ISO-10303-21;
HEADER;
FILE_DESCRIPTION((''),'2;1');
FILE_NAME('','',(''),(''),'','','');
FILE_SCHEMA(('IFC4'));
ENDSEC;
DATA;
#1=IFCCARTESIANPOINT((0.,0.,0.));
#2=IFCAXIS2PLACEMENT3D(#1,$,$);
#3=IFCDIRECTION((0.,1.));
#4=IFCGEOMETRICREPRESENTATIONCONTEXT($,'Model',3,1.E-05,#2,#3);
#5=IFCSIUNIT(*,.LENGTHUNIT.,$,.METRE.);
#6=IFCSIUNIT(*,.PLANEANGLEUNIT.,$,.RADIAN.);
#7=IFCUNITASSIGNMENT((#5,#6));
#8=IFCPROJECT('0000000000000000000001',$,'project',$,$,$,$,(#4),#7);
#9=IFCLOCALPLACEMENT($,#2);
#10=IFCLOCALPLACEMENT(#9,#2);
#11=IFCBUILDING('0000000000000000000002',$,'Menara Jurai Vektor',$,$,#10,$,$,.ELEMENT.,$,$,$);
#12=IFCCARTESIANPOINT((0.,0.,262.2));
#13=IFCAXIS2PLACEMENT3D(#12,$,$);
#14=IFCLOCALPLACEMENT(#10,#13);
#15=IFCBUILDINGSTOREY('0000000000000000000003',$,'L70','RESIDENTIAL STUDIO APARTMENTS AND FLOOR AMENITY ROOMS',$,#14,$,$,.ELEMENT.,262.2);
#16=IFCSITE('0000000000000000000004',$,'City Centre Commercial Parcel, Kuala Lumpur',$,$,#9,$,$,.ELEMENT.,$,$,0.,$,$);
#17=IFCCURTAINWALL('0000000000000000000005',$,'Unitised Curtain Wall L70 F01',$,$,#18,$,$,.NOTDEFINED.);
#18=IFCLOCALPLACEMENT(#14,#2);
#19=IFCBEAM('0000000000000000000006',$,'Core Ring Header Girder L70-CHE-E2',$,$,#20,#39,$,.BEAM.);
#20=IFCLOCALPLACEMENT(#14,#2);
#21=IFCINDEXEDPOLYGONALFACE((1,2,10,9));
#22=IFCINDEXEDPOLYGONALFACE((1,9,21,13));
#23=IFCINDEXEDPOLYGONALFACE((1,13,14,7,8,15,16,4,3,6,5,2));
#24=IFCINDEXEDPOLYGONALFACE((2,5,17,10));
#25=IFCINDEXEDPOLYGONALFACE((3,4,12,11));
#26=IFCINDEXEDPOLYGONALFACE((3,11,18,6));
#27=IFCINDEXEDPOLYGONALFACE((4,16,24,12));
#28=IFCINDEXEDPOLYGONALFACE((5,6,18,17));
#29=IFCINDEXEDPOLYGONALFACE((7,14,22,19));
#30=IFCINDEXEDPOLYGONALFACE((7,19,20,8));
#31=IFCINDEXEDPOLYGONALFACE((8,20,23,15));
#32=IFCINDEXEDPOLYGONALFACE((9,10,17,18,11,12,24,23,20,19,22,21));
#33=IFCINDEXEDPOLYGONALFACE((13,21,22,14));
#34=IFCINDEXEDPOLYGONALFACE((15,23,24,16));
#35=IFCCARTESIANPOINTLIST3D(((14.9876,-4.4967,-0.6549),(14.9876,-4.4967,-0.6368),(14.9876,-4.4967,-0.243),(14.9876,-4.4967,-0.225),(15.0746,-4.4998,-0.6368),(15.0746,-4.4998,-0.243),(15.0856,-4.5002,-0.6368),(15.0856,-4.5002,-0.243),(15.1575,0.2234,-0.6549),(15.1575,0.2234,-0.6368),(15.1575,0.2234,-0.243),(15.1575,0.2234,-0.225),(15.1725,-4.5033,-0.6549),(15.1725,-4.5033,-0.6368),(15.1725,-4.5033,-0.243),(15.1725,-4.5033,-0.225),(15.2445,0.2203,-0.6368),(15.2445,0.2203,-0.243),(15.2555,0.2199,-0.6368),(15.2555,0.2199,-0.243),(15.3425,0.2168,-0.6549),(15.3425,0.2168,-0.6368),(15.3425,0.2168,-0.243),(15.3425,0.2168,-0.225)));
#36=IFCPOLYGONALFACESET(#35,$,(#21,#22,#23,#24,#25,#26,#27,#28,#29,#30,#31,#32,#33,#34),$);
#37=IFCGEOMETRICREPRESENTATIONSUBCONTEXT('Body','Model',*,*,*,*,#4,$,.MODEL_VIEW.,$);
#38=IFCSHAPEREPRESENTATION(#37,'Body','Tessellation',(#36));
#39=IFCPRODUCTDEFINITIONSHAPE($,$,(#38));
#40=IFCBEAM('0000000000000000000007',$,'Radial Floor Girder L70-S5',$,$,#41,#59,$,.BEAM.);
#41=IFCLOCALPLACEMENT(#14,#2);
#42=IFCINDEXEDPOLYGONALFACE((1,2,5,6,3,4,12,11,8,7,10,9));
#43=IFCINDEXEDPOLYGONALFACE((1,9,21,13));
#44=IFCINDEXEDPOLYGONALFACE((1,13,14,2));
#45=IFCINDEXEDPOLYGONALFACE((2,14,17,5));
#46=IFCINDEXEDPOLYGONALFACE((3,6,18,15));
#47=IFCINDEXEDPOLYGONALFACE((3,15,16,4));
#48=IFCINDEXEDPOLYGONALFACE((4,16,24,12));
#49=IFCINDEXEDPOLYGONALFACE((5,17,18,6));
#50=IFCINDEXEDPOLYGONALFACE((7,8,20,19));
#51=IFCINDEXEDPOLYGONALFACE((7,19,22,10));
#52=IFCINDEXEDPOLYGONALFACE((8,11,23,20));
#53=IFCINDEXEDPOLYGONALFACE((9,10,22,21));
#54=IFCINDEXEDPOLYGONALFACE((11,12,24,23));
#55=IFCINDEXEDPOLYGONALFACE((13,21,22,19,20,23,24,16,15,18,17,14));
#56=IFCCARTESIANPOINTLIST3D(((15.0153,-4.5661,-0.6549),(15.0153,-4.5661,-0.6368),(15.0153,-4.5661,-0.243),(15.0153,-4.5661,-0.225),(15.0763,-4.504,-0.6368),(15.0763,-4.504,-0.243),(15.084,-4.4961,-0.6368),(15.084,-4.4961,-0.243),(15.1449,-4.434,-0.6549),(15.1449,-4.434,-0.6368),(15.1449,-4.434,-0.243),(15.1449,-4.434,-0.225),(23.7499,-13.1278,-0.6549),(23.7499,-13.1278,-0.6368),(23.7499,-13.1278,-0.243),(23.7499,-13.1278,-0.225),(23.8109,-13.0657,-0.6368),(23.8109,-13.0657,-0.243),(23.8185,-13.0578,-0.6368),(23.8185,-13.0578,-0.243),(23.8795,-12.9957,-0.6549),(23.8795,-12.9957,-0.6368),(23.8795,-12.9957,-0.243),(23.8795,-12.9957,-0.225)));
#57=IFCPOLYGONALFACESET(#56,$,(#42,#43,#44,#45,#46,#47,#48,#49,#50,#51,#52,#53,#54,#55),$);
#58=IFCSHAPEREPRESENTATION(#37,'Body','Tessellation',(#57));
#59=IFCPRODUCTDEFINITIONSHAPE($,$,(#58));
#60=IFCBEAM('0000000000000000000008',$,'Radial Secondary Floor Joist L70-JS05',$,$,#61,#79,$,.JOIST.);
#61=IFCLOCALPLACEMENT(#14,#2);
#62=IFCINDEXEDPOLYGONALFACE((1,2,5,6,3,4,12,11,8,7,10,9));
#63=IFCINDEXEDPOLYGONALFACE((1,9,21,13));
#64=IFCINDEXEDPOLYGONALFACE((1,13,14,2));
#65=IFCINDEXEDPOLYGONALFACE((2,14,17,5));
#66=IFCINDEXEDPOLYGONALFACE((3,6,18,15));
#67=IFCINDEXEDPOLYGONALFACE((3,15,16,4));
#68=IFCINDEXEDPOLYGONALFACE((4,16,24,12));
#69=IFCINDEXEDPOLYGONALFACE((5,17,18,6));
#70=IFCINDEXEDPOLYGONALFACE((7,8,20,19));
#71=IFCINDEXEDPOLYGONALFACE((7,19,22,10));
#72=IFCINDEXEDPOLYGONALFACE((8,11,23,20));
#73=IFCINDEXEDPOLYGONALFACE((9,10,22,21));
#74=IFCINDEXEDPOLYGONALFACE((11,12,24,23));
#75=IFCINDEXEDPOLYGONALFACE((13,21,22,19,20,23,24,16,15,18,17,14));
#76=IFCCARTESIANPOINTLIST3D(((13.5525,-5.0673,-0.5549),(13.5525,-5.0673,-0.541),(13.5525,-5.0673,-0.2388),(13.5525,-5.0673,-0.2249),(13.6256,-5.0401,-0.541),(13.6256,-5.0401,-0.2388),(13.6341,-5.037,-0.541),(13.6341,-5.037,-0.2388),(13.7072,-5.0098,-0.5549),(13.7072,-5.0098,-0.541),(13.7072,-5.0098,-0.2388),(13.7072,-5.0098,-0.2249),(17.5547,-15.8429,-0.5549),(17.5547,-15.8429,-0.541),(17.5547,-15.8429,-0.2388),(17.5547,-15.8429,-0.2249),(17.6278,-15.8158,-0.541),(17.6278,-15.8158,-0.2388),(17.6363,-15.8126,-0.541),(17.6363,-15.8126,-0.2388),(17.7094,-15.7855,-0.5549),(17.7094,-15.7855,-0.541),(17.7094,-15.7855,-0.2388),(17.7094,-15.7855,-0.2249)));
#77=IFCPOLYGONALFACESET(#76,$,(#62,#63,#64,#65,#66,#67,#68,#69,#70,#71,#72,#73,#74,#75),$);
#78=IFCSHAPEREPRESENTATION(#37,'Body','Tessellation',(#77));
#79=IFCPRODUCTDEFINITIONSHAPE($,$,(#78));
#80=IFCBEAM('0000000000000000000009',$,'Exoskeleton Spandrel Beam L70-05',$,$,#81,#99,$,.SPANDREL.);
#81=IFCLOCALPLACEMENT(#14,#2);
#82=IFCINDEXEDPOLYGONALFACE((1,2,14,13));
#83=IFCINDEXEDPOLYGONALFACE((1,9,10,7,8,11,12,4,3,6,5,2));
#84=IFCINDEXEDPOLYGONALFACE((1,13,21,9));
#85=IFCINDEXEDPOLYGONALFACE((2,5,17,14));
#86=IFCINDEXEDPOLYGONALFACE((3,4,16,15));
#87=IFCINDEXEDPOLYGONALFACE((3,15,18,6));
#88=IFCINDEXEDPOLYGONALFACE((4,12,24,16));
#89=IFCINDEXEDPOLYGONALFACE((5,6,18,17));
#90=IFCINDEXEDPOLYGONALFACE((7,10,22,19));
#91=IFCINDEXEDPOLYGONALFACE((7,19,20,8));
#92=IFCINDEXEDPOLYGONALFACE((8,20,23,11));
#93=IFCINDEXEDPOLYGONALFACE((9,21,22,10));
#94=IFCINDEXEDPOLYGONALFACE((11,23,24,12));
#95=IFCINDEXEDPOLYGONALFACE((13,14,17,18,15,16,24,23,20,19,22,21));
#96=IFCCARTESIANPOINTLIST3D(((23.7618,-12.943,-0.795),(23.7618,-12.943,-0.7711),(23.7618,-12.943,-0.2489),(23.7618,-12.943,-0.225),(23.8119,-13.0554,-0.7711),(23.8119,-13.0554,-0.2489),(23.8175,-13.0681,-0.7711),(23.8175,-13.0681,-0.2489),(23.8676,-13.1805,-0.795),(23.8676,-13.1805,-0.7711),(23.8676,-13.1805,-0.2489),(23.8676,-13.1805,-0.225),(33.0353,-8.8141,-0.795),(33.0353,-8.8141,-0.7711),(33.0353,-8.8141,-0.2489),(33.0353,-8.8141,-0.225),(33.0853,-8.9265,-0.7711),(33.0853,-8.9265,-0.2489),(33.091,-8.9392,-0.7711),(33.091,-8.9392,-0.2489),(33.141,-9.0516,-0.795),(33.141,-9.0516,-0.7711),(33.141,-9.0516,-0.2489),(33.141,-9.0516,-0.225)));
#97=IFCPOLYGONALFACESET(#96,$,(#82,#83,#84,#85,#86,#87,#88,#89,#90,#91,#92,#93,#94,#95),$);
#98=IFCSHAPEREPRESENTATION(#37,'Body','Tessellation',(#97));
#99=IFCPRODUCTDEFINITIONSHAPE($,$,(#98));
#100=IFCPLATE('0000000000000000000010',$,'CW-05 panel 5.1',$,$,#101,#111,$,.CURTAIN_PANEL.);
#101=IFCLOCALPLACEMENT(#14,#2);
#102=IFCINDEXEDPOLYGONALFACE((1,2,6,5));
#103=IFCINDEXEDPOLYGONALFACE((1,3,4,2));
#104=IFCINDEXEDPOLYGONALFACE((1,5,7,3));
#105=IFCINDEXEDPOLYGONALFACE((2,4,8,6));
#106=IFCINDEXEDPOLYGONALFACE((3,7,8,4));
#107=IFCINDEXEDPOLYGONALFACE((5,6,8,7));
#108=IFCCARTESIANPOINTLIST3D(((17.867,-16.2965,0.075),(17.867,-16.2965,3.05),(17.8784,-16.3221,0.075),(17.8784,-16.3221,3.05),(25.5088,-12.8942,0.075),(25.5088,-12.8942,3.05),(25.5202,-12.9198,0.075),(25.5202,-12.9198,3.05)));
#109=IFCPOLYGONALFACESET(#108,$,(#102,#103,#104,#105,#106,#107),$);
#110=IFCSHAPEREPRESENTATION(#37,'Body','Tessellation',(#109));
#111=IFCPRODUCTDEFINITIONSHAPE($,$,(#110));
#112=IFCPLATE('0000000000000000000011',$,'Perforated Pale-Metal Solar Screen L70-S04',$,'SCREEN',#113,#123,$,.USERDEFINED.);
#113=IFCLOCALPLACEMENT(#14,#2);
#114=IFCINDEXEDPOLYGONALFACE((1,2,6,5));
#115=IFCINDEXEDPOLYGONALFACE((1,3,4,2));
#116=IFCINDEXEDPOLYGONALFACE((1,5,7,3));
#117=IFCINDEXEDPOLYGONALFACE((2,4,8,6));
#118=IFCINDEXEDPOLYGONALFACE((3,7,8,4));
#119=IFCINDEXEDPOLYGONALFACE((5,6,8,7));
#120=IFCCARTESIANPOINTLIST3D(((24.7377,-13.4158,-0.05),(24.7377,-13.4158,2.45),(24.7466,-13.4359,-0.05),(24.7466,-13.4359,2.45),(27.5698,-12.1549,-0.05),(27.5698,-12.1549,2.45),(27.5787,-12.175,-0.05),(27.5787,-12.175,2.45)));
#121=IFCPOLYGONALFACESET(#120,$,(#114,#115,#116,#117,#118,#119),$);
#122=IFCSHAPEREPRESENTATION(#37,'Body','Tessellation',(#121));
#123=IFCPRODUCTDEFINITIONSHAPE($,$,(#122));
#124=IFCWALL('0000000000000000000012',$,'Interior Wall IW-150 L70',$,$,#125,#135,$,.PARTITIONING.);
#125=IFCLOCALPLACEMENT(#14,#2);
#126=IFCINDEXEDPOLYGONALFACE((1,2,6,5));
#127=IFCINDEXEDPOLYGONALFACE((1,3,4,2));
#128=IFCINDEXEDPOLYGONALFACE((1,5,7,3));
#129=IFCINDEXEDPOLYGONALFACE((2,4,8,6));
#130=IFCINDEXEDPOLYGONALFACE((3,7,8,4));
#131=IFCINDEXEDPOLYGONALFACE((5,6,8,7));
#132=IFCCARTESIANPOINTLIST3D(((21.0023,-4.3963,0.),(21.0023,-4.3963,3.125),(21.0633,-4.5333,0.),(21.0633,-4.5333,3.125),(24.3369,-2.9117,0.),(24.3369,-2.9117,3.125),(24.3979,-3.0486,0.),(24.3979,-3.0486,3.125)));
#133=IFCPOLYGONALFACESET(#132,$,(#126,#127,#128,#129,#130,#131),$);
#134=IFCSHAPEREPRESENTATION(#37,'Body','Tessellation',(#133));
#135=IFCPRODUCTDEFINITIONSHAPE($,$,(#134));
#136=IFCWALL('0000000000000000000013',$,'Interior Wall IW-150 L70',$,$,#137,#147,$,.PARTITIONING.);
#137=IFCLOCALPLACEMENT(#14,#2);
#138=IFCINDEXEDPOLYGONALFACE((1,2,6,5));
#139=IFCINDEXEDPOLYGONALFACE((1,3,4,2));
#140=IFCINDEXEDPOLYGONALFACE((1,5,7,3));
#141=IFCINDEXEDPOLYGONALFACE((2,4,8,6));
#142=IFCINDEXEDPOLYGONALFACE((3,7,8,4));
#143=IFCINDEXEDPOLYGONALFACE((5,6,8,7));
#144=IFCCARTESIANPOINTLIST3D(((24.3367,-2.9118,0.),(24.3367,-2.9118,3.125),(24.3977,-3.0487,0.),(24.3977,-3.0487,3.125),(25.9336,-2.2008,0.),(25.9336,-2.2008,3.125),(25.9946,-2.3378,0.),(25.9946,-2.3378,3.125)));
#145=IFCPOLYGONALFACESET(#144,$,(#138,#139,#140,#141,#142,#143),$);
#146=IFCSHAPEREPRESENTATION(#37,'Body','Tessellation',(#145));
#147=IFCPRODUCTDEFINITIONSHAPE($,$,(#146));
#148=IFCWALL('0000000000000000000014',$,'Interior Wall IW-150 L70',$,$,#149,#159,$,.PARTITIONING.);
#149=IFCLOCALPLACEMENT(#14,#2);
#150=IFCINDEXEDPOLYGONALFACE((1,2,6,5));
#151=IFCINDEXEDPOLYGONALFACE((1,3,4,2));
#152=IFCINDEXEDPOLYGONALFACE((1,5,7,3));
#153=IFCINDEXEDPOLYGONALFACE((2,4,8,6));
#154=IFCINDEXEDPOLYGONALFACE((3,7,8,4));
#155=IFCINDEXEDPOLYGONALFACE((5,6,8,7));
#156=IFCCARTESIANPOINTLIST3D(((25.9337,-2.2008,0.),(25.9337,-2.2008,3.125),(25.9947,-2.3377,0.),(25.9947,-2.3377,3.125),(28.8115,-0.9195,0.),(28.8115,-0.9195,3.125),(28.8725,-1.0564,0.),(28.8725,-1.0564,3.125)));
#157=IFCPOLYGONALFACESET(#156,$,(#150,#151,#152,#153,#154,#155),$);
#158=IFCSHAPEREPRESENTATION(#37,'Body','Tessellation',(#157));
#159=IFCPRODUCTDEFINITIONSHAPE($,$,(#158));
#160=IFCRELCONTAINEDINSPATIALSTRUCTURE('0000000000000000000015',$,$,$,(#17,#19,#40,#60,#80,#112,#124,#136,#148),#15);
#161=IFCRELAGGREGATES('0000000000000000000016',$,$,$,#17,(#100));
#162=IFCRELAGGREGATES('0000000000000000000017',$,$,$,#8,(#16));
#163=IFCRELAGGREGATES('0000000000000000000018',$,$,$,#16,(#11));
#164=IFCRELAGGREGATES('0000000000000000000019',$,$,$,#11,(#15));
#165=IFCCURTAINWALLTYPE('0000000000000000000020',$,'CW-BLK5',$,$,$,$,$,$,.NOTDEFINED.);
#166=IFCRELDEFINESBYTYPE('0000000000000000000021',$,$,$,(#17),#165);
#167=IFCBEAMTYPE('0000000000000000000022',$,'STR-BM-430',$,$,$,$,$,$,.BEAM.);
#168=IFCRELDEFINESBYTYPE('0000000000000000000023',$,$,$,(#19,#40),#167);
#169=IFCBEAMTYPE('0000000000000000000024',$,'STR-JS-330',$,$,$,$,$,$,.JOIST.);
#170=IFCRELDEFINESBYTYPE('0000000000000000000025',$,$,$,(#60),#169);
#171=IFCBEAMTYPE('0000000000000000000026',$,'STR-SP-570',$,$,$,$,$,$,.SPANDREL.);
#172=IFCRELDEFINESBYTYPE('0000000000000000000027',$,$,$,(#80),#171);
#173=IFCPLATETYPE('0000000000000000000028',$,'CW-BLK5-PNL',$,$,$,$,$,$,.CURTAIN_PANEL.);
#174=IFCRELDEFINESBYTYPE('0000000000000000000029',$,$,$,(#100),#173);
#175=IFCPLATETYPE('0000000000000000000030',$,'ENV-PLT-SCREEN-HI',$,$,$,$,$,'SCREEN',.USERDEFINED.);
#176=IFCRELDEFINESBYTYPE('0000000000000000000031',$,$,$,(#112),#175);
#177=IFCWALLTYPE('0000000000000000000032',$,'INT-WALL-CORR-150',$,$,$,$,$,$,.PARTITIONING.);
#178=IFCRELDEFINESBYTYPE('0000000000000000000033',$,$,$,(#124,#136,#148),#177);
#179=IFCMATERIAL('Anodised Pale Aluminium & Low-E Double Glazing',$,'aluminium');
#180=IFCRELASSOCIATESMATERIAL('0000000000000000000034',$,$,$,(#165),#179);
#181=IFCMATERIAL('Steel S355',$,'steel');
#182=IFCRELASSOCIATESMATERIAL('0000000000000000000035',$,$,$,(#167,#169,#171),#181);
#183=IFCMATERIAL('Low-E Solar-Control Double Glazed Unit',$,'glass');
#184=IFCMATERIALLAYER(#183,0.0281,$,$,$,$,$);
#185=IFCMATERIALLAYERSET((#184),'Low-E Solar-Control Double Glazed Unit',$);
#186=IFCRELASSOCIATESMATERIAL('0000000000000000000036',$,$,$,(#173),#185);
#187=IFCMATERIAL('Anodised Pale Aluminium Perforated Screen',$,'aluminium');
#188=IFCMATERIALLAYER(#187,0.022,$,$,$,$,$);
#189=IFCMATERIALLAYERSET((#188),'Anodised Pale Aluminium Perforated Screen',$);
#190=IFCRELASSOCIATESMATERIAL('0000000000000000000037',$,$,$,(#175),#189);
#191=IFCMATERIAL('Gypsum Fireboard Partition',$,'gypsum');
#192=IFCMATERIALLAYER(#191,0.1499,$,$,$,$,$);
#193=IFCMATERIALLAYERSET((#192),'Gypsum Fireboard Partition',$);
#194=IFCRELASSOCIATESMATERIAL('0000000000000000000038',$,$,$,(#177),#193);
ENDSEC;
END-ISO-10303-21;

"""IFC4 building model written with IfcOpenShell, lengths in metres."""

from ifc_helpers import new_model, si_unit, direction, frame, frame_2d, origin, origin_2d, place, context, subcontext, project, spatial, rectangle, i_section, extrude, material, layer, layer_set, material_profile, profile_set, type_object, element, aggregate, save


model = new_model("IFC4")

# Units and contexts
model_context = context("Model", 3, precision=1e-05, world=origin(), true_north=direction((0.0, 1.0)))
body_context = subcontext(model_context, "Body", "Model", "MODEL_VIEW")
ifc_project = project(units=[si_unit("LENGTHUNIT", "METRE"), si_unit("PLANEANGLEUNIT", "RADIAN")], contexts=[model_context])

# Site, building, storey
site_placement = place(None, origin())
site = spatial("IfcSite", under=ifc_project, at=site_placement, Name="City Centre Commercial Parcel, Kuala Lumpur", CompositionType="ELEMENT", RefElevation=0.0)
building_placement = place(site_placement, origin())
building = spatial("IfcBuilding", under=site, at=building_placement, Name="Menara Jurai Vektor", CompositionType="ELEMENT")
storey_placement = place(building_placement, frame((0.0, 0.0, 262.2)))
storey = spatial("IfcBuildingStorey", under=building, at=storey_placement, Name="L70", Description="RESIDENTIAL STUDIO APARTMENTS AND FLOOR AMENITY ROOMS", CompositionType="ELEMENT", Elevation=262.2)

# Curtain wall
ifc_material_1 = material(Name="Anodised Pale Aluminium & Low-E Double Glazing", Category="aluminium")
curtain_wall_type = type_object("IfcCurtainWallType", Name="CW-BLK5", PredefinedType="NOTDEFINED", material=ifc_material_1)
curtain_wall_placement = place(storey_placement, origin())
curtain_wall = element("IfcCurtainWall", 1, at=curtain_wall_placement, inside=storey, type_object=curtain_wall_type, Name="Unitised Curtain Wall L70 F01", PredefinedType="NOTDEFINED")

# Beams
ifc_material_2 = material(Name="Steel S355", Category="steel")
ifc_material_profile_1 = material_profile(ifc_material_2, i_section(OverallWidth=0.1851, OverallDepth=0.4299, WebThickness=0.011, FlangeThickness=0.0181, at=origin_2d()), Name="PG 430x185x76")
ifc_profile_set_1 = profile_set([ifc_material_profile_1], Name="Steel S355")
beam_type_1 = type_object("IfcBeamType", Name="STR-BM-430", PredefinedType="BEAM", material=ifc_profile_set_1)
beam_1_placement = place(storey_placement, frame((15.0801, -4.5, -0.4399), z_axis=(0.035977, 0.999353, 0.0), x_axis=(-0.999353, 0.035977, 0.0)))
element("IfcBeam", 2, at=beam_1_placement, inside=storey, type_object=beam_type_1, Name="Core Ring Header Girder L70-CHE-E2", PredefinedType="BEAM", context=body_context, shape_type="SweptSolid", body=[
    extrude(i_section(OverallWidth=0.1851, OverallDepth=0.4299, WebThickness=0.011, FlangeThickness=0.0181, at=origin_2d()), origin(), (0.0, 0.0, 1.0), 4.7231),
])
beam_2_placement = place(storey_placement, frame((23.8147, -13.0618, -0.4399), z_axis=(-0.714138, 0.700005, 0.0), x_axis=(-0.700005, -0.714138, 0.0)))
element("IfcBeam", 3, at=beam_2_placement, inside=storey, type_object=beam_type_1, Name="Radial Floor Girder L70-S5", PredefinedType="BEAM", context=body_context, shape_type="SweptSolid", body=[
    extrude(i_section(OverallWidth=0.1851, OverallDepth=0.4299, WebThickness=0.011, FlangeThickness=0.0181, at=origin_2d()), origin(), (0.0, 0.0, 1.0), 12.231),
])
ifc_material_profile_2 = material_profile(ifc_material_2, i_section(OverallWidth=0.165, OverallDepth=0.3301, WebThickness=0.009, FlangeThickness=0.0139, at=origin_2d()), Name="PG 330x165x46")
ifc_profile_set_2 = profile_set([ifc_material_profile_2], Name="Steel S355")
beam_type_2 = type_object("IfcBeamType", Name="STR-JS-330", PredefinedType="JOIST", material=ifc_profile_set_2)
beam_3_placement = place(storey_placement, frame((17.6321, -15.8142, -0.3899), z_axis=(-0.348173, 0.93743, 0.0), x_axis=(-0.93743, -0.348173, 0.0)))
element("IfcBeam", 4, at=beam_3_placement, inside=storey, type_object=beam_type_2, Name="Radial Secondary Floor Joist L70-JS05", PredefinedType="JOIST", context=body_context, shape_type="SweptSolid", body=[
    extrude(i_section(OverallWidth=0.165, OverallDepth=0.3301, WebThickness=0.009, FlangeThickness=0.0139, at=origin_2d()), origin(), (0.0, 0.0, 1.0), 11.4949),
])
ifc_material_profile_3 = material_profile(ifc_material_2, i_section(OverallWidth=0.26, OverallDepth=0.5701, WebThickness=0.0139, FlangeThickness=0.0239, at=origin_2d()), Name="PG 570x260x145")
ifc_profile_set_3 = profile_set([ifc_material_profile_3], Name="Steel S355")
beam_type_3 = type_object("IfcBeamType", Name="STR-SP-570", PredefinedType="SPANDREL", material=ifc_profile_set_3)
beam_4_placement = place(storey_placement, frame((23.8147, -13.0618, -0.51), z_axis=(0.913542, 0.406745, 0.0), x_axis=(-0.406745, 0.913542, 0.0)))
element("IfcBeam", 5, at=beam_4_placement, inside=storey, type_object=beam_type_3, Name="Exoskeleton Spandrel Beam L70-05", PredefinedType="SPANDREL", context=body_context, shape_type="SweptSolid", body=[
    extrude(i_section(OverallWidth=0.26, OverallDepth=0.5701, WebThickness=0.0139, FlangeThickness=0.0239, at=origin_2d()), origin(), (0.0, 0.0, 1.0), 10.1511),
])

# Plates
ifc_material_3 = material(Name="Low-E Solar-Control Double Glazed Unit", Category="glass")
ifc_layer_1 = layer(ifc_material_3, 0.0281)
ifc_layer_set_1 = layer_set([ifc_layer_1], Name="Low-E Solar-Control Double Glazed Unit")
plate_type_1 = type_object("IfcPlateType", Name="CW-BLK5-PNL", PredefinedType="CURTAIN_PANEL", material=ifc_layer_set_1)
plate_1_placement = place(storey_placement, frame((21.6936, -14.6082, 0.075), z_axis=(0.0, 0.0, 1.0), x_axis=(0.913546, 0.406735, 0.0)))
plate_1 = element("IfcPlate", 6, at=plate_1_placement, type_object=plate_type_1, Name="CW-05 panel 5.1", PredefinedType="CURTAIN_PANEL", context=body_context, shape_type="SweptSolid", body=[
    extrude(rectangle(XDim=8.365, YDim=0.0281, at=origin_2d()), origin(), (0.0, 0.0, 1.0), 2.9751),
])
aggregate(curtain_wall, [plate_1])
ifc_material_4 = material(Name="Anodised Pale Aluminium Perforated Screen", Category="aluminium")
ifc_layer_2 = layer(ifc_material_4, 0.022)
ifc_layer_set_2 = layer_set([ifc_layer_2], Name="Anodised Pale Aluminium Perforated Screen")
plate_type_2 = type_object("IfcPlateType", Name="ENV-PLT-SCREEN-HI", ElementType="SCREEN", PredefinedType="USERDEFINED", material=ifc_layer_set_2)
plate_2_placement = place(storey_placement, frame((26.1582, -12.7954, -0.05), z_axis=(0.0, 0.0, 1.0), x_axis=(0.913545, 0.406737, 0.0)))
element("IfcPlate", 7, at=plate_2_placement, inside=storey, type_object=plate_type_2, Name="Perforated Pale-Metal Solar Screen L70-S04", ObjectType="SCREEN", PredefinedType="USERDEFINED", context=body_context, shape_type="SweptSolid", body=[
    extrude(rectangle(XDim=3.1001, YDim=0.022, at=origin_2d()), origin(), (0.0, 0.0, 1.0), 2.5),
])

# Walls
ifc_material_5 = material(Name="Gypsum Fireboard Partition", Category="gypsum")
ifc_layer_3 = layer(ifc_material_5, 0.1499)
ifc_layer_set_3 = layer_set([ifc_layer_3], Name="Gypsum Fireboard Partition")
wall_type = type_object("IfcWallType", Name="INT-WALL-CORR-150", PredefinedType="PARTITIONING", material=ifc_layer_set_3)
wall_1_placement = place(storey_placement, frame((21.0327, -4.4648, 0.0), z_axis=(0.0, 0.0, 1.0), x_axis=(0.913544, 0.40674, 0.0)))
element("IfcWall", 8, at=wall_1_placement, inside=storey, type_object=wall_type, Name="Interior Wall IW-150 L70", PredefinedType="PARTITIONING", context=body_context, shape_type="SweptSolid", body=[
    extrude(rectangle(XDim=3.6501, YDim=0.1499, at=frame_2d((1.8252, 0.0))), origin(), (0.0, 0.0, 1.0), 3.125),
])
wall_2_placement = place(storey_placement, frame((24.3672, -2.9802, 0.0), z_axis=(0.0, 0.0, 1.0), x_axis=(0.913558, 0.406709, 0.0)))
element("IfcWall", 9, at=wall_2_placement, inside=storey, type_object=wall_type, Name="Interior Wall IW-150 L70", PredefinedType="PARTITIONING", context=body_context, shape_type="SweptSolid", body=[
    extrude(rectangle(XDim=1.748, YDim=0.1499, at=frame_2d((0.874, 0.0))), origin(), (0.0, 0.0, 1.0), 3.125),
])
wall_3_placement = place(storey_placement, frame((25.9641, -2.2693, 0.0), z_axis=(0.0, 0.0, 1.0), x_axis=(0.913543, 0.406742, 0.0)))
element("IfcWall", 10, at=wall_3_placement, inside=storey, type_object=wall_type, Name="Interior Wall IW-150 L70", PredefinedType="PARTITIONING", context=body_context, shape_type="SweptSolid", body=[
    extrude(rectangle(XDim=3.1501, YDim=0.1499, at=frame_2d((1.5752, 0.0))), origin(), (0.0, 0.0, 1.0), 3.125),
])

save(model, "model.ifc")
